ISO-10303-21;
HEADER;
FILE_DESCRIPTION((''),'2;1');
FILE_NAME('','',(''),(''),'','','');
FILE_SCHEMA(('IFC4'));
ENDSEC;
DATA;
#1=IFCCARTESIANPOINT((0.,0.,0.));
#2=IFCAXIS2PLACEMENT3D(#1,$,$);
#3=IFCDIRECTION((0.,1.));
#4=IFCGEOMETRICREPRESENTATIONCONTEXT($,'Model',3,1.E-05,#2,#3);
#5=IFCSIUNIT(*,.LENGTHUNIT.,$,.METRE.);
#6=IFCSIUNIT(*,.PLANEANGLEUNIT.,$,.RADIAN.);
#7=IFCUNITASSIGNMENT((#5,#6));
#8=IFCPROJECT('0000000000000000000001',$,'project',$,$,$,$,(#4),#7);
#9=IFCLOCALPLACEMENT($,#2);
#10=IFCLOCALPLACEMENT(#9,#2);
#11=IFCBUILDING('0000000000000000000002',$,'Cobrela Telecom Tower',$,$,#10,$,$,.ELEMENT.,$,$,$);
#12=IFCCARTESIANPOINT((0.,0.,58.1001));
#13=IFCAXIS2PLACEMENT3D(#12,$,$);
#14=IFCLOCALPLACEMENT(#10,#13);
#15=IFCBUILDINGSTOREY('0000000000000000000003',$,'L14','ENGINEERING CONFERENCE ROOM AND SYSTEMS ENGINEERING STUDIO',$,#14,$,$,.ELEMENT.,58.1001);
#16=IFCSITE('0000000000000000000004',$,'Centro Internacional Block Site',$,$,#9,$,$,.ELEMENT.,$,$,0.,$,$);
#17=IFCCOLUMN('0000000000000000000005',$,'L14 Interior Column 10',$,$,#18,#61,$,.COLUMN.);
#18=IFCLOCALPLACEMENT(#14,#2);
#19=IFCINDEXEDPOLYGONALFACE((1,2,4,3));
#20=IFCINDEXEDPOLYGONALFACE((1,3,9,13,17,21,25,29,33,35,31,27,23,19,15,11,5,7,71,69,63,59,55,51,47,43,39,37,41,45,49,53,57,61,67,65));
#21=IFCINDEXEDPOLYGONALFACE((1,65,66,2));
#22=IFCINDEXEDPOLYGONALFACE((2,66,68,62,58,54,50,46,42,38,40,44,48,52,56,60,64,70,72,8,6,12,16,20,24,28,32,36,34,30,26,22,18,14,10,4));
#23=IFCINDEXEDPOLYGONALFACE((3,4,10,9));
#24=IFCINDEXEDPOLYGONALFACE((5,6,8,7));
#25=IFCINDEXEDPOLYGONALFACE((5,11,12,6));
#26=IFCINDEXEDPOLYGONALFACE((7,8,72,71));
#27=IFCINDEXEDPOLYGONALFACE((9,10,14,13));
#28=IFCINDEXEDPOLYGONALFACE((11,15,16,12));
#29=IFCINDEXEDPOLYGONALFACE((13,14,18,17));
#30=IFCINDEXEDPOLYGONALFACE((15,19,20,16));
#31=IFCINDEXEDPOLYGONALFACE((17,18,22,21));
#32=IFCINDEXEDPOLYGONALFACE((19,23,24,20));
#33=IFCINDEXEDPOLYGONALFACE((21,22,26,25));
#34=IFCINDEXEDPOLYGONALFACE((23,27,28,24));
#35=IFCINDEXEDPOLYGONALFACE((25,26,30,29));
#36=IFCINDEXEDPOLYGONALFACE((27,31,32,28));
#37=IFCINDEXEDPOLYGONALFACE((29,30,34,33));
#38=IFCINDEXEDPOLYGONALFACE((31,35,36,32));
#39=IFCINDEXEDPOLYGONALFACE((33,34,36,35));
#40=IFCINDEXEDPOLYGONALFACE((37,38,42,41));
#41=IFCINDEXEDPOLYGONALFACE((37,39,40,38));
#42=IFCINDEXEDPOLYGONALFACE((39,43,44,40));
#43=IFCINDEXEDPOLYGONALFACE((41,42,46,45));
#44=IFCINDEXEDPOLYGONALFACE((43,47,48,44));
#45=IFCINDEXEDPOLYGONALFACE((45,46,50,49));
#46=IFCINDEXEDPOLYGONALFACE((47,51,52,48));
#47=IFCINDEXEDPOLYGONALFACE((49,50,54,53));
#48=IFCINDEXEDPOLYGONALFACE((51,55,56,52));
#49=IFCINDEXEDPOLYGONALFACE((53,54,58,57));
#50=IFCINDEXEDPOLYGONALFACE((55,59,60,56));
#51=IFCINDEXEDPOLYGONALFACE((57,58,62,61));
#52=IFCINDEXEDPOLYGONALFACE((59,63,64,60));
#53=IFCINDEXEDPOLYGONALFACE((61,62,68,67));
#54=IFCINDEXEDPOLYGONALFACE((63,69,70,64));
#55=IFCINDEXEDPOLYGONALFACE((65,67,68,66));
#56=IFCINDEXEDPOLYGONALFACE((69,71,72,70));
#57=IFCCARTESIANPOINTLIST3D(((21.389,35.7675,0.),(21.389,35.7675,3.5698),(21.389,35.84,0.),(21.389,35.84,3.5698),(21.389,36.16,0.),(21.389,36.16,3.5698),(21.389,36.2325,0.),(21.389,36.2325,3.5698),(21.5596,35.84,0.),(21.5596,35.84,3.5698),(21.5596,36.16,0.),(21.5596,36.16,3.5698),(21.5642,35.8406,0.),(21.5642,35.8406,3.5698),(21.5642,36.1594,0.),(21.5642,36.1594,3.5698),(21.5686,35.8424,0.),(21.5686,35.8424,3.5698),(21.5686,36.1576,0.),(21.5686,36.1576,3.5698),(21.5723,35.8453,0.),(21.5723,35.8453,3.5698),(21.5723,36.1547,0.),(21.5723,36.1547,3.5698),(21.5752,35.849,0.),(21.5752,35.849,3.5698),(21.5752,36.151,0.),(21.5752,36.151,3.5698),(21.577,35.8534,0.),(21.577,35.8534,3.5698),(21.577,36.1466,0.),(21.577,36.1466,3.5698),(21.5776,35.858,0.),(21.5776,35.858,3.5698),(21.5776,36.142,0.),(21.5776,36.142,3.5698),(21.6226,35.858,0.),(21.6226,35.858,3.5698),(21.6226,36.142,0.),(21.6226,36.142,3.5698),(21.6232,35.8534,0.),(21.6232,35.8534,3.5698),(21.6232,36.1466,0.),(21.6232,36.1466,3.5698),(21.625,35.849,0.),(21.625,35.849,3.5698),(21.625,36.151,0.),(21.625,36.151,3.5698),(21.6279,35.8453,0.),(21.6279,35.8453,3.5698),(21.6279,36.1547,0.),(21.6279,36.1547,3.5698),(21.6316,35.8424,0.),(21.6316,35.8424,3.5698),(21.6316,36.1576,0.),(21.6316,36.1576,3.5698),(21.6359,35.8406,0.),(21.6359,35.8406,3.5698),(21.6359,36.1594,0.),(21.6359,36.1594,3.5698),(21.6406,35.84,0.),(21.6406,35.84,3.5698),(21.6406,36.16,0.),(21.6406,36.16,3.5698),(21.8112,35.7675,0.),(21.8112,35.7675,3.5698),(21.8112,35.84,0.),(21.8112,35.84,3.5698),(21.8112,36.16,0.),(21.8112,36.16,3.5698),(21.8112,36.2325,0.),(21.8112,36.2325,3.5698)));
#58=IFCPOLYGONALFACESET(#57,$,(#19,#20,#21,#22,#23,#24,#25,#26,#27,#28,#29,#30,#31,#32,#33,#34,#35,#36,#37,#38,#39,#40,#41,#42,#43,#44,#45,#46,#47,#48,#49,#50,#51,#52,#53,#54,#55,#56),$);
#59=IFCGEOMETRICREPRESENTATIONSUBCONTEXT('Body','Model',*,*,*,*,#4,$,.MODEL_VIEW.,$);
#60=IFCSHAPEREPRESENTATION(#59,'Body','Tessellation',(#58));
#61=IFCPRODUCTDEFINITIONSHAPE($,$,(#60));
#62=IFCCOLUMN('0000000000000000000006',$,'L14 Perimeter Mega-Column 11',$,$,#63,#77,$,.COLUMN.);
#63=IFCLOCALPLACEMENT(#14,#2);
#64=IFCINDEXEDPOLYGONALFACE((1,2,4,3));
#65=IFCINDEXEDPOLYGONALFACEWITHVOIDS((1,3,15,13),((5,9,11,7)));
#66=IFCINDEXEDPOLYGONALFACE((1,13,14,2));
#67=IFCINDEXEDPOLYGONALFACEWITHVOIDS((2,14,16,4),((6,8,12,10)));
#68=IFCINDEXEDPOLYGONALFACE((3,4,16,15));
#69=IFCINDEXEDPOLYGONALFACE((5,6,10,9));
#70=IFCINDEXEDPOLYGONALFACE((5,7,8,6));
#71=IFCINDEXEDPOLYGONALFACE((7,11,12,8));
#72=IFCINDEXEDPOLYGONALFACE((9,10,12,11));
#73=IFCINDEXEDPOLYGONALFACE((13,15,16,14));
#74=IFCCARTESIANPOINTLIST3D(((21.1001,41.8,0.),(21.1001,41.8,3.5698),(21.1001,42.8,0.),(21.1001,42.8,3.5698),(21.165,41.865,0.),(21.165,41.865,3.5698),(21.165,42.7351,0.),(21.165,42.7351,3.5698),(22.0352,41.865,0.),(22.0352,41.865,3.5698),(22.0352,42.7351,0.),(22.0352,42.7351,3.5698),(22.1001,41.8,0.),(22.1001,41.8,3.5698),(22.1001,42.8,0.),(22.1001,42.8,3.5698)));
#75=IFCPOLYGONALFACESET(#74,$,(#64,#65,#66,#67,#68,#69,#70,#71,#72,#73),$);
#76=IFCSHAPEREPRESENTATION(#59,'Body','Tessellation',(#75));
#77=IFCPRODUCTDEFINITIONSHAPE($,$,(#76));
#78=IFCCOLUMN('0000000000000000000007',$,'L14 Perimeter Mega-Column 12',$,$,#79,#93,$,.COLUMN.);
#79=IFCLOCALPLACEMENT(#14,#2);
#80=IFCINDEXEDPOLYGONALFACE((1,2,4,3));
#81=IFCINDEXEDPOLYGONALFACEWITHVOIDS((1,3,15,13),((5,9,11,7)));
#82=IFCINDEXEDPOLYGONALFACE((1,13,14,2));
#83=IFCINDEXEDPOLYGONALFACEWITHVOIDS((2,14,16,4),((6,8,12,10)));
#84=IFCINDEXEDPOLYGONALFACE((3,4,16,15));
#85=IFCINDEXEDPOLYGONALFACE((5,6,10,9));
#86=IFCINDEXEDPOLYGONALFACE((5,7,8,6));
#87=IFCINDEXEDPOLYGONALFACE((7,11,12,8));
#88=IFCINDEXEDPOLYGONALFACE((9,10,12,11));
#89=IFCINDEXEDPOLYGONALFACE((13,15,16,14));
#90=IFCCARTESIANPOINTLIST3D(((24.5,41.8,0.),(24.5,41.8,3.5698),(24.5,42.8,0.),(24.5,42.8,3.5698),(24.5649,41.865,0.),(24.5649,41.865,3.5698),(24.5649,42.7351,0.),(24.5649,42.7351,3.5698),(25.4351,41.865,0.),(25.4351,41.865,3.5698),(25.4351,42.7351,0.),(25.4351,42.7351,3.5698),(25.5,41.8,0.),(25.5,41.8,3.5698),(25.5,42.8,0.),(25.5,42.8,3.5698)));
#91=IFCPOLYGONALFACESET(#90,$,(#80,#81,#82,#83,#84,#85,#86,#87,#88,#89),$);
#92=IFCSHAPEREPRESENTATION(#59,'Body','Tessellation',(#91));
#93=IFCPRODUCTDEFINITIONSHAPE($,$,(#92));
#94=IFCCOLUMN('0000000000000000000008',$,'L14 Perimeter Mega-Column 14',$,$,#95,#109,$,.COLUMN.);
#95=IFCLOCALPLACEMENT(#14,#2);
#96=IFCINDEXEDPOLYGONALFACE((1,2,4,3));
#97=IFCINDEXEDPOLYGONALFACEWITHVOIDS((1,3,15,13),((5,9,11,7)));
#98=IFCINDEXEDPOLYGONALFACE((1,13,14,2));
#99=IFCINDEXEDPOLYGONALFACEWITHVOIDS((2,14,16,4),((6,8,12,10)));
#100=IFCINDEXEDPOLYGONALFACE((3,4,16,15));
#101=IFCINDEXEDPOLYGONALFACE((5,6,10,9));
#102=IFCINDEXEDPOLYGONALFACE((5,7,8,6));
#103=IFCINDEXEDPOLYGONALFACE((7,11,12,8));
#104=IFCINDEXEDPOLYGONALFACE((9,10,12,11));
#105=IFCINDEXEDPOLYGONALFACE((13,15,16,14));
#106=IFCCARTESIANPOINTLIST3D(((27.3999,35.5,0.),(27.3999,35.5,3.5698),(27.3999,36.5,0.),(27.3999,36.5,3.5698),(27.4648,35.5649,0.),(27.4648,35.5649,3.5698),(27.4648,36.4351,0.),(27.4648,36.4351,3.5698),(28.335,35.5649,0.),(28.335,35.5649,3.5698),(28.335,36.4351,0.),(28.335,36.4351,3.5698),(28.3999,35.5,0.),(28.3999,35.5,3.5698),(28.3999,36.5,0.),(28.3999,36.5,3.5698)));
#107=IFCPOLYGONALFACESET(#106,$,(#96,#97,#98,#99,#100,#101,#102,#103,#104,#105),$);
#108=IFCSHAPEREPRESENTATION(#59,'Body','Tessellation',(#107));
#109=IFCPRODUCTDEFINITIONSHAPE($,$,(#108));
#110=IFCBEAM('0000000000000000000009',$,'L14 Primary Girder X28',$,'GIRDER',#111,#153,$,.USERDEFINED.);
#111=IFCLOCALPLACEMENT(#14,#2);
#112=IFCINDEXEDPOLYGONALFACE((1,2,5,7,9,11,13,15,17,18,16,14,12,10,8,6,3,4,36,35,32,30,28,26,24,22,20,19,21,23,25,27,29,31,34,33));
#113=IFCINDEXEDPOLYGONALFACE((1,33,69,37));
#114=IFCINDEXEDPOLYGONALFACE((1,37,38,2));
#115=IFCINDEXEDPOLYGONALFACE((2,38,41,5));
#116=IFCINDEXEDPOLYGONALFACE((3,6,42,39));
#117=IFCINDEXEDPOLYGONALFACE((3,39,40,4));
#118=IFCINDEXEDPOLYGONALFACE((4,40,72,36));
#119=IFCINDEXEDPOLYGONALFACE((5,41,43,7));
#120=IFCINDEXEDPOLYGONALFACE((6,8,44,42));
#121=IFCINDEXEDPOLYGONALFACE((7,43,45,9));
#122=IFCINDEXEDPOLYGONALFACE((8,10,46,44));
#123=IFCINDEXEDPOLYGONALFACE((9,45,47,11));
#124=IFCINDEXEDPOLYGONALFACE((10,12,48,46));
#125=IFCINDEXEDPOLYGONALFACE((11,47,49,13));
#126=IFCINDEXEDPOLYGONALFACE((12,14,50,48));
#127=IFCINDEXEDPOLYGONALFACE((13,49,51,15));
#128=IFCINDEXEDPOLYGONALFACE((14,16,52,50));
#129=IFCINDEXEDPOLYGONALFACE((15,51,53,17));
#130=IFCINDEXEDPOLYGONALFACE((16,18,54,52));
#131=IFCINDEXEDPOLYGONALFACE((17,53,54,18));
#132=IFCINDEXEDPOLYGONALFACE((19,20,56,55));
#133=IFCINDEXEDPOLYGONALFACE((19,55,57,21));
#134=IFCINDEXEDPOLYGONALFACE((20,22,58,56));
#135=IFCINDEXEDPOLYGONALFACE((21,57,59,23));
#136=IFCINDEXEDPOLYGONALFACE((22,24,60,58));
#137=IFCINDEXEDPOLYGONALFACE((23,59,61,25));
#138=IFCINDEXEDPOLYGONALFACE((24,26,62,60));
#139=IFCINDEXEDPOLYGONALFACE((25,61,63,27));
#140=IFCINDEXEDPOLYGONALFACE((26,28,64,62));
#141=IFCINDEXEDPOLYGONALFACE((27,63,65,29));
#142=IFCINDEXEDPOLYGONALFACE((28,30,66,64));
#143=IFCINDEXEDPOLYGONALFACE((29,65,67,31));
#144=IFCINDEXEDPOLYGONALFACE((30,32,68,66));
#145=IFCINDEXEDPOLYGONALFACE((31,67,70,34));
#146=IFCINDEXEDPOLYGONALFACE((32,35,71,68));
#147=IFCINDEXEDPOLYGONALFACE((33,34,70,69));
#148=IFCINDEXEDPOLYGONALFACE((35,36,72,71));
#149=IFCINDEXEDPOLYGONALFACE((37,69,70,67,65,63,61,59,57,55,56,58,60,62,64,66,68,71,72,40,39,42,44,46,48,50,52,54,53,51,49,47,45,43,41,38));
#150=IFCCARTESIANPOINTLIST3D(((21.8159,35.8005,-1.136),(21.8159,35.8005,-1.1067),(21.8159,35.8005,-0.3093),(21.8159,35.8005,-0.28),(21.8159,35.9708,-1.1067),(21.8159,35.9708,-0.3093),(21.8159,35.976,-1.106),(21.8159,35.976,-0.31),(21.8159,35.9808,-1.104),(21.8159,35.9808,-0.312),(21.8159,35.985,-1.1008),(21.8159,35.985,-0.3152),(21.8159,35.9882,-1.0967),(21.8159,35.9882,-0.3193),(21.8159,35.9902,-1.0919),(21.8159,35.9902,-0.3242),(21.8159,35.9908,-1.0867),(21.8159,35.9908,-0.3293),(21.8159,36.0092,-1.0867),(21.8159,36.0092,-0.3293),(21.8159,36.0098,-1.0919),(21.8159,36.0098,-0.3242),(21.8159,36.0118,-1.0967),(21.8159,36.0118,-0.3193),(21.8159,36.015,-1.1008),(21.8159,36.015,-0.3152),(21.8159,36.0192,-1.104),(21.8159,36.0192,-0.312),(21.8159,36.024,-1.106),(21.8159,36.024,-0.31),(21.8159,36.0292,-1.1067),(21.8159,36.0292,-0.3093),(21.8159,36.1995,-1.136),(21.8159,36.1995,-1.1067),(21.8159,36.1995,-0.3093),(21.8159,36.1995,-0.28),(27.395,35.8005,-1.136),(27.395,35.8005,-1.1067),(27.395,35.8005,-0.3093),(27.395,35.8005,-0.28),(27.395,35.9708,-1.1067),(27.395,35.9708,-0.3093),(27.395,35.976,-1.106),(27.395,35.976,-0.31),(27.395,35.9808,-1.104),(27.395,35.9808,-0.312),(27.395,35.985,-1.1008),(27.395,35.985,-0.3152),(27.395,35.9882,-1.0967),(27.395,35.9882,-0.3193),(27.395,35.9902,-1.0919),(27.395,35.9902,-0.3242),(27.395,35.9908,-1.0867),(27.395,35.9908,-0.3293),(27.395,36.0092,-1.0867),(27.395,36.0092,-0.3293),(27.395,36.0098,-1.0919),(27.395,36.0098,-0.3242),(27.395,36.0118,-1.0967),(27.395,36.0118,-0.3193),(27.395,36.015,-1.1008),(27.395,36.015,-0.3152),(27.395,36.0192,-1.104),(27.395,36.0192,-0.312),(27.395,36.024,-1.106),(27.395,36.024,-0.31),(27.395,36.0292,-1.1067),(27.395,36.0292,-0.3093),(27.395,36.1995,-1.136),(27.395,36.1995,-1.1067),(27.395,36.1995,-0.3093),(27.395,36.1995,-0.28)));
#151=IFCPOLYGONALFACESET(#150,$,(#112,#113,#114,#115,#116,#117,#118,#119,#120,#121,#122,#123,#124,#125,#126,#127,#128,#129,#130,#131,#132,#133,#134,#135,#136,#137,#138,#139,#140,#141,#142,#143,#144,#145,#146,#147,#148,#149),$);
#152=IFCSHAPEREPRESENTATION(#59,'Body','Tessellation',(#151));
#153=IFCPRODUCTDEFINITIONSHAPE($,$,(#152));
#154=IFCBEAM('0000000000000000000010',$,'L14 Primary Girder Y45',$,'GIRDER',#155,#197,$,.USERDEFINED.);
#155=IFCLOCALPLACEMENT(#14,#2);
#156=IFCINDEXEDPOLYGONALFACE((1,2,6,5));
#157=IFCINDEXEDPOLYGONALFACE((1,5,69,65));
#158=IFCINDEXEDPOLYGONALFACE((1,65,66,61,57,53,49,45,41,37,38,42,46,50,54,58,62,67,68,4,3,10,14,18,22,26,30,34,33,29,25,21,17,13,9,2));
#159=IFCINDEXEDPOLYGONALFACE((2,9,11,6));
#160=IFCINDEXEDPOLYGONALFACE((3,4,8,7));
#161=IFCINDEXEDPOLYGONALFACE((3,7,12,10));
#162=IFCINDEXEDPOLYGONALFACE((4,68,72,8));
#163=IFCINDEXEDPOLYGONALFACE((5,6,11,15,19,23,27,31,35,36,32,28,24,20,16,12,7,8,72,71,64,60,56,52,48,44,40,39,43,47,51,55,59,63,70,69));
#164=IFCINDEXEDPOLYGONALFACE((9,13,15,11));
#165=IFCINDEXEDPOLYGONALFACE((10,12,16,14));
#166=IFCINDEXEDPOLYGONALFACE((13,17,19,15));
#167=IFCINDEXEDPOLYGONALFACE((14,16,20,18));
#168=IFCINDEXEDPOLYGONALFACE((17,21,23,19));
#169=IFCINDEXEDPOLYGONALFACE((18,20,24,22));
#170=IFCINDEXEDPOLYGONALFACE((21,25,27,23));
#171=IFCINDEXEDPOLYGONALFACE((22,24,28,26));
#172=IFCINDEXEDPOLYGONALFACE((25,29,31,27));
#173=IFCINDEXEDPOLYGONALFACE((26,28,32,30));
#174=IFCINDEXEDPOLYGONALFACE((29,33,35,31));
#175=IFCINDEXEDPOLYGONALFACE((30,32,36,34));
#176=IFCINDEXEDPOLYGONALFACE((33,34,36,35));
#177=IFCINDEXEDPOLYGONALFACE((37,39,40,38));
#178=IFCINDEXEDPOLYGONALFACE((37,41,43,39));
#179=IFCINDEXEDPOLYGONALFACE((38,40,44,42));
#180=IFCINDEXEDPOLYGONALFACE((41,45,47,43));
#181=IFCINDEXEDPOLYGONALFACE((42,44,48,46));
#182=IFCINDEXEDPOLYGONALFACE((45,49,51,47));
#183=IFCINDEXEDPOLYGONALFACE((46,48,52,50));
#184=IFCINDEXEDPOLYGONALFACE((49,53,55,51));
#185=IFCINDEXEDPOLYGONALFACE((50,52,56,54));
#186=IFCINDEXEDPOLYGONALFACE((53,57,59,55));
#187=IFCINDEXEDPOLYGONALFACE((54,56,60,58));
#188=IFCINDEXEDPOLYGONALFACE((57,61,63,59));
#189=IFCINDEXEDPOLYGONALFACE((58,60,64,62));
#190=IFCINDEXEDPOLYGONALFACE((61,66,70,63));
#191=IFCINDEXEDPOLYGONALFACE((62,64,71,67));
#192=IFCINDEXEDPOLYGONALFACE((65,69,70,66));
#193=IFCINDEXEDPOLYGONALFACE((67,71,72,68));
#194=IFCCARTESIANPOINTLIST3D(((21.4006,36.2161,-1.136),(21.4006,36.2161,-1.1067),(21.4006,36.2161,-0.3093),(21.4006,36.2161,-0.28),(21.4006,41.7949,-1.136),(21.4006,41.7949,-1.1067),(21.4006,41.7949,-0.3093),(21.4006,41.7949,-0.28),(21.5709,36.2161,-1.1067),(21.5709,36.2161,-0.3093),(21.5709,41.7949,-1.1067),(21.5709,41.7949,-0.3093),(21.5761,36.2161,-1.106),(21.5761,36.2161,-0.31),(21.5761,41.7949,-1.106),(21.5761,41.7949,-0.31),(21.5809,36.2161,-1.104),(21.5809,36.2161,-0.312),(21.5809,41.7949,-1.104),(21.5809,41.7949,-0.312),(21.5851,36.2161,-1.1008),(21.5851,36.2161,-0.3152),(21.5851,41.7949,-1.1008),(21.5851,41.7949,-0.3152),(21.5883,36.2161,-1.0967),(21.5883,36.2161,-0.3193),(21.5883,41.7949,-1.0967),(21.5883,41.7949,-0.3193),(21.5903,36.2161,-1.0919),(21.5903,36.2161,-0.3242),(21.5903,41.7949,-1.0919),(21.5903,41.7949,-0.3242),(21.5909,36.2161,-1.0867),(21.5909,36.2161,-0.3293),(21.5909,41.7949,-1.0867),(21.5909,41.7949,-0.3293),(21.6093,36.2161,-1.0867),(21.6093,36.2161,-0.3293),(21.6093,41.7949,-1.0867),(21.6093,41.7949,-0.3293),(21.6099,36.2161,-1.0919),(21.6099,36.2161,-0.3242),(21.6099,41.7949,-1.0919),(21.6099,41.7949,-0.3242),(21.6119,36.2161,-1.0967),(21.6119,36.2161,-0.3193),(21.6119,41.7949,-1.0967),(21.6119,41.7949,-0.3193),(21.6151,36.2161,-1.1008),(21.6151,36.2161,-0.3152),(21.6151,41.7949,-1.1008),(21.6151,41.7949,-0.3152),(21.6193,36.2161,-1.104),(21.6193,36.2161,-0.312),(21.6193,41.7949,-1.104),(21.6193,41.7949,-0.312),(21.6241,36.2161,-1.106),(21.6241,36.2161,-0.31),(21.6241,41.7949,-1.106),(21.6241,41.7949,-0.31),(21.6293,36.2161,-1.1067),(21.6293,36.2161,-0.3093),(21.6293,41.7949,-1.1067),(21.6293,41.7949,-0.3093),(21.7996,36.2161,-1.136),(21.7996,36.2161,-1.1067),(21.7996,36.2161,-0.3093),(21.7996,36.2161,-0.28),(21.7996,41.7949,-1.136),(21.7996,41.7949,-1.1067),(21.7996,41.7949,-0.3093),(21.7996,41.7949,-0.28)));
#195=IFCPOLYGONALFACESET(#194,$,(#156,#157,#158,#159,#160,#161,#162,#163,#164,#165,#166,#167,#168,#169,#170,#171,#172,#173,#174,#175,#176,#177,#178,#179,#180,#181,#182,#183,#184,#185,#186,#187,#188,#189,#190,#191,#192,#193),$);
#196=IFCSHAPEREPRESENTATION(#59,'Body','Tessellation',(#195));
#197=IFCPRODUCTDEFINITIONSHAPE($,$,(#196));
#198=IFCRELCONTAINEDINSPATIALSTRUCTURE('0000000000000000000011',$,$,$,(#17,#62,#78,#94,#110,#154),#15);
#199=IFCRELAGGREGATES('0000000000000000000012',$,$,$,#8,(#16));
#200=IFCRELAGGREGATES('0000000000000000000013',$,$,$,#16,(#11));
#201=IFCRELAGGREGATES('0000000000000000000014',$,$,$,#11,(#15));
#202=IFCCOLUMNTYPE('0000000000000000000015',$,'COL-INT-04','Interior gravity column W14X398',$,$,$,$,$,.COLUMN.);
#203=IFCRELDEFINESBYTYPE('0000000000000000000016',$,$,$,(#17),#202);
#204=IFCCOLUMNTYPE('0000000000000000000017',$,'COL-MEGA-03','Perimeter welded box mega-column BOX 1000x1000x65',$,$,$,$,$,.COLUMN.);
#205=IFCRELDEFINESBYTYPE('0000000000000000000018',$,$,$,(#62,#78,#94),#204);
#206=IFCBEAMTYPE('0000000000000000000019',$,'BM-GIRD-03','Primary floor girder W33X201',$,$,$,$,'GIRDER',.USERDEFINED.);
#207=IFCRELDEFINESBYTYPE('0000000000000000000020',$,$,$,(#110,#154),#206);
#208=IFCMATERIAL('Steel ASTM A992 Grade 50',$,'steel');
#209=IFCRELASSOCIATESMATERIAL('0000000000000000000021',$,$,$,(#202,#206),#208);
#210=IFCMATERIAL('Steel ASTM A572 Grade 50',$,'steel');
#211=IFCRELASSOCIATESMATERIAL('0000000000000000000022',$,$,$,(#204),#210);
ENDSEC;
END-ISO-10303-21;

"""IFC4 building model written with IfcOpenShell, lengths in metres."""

from ifc_helpers import new_model, si_unit, direction, frame, origin, origin_2d, place, context, subcontext, project, spatial, hollow_rectangle, i_section, extrude, material, material_profile, profile_set, type_object, element, save


model = new_model("IFC4")

# Units and contexts
model_context = context("Model", 3, precision=1e-05, world=origin(), true_north=direction((0.0, 1.0)))
body_context = subcontext(model_context, "Body", "Model", "MODEL_VIEW")
ifc_project = project(units=[si_unit("LENGTHUNIT", "METRE"), si_unit("PLANEANGLEUNIT", "RADIAN")], contexts=[model_context])

# Site, building, storey
site_placement = place(None, origin())
site = spatial("IfcSite", under=ifc_project, at=site_placement, Name="Centro Internacional Block Site", CompositionType="ELEMENT", RefElevation=0.0)
building_placement = place(site_placement, origin())
building = spatial("IfcBuilding", under=site, at=building_placement, Name="Cobrela Telecom Tower", CompositionType="ELEMENT")
storey_placement = place(building_placement, frame((0.0, 0.0, 58.1001)))
storey = spatial("IfcBuildingStorey", under=building, at=storey_placement, Name="L14", Description="ENGINEERING CONFERENCE ROOM AND SYSTEMS ENGINEERING STUDIO", CompositionType="ELEMENT", Elevation=58.1001)

# Columns
ifc_material_1 = material(Name="Steel ASTM A992 Grade 50", Category="steel")
ifc_material_profile_1 = material_profile(ifc_material_1, i_section(OverallWidth=0.4221, OverallDepth=0.4651, WebThickness=0.0449, FlangeThickness=0.0725, FilletRadius=0.0181, at=origin_2d()), Name="W14X398")
ifc_profile_set_1 = profile_set([ifc_material_profile_1], Name="Steel ASTM A992 Grade 50")
column_type_1 = type_object("IfcColumnType", Name="COL-INT-04", Description="Interior gravity column W14X398", PredefinedType="COLUMN", material=ifc_profile_set_1)
column_placement = place(storey_placement, frame((21.6001, 36.0, 0.0), z_axis=(0.0, 0.0, 1.0), x_axis=(1.0, 0.0, 0.0)))
element("IfcColumn", 1, at=column_placement, inside=storey, type_object=column_type_1, Name="L14 Interior Column 10", PredefinedType="COLUMN", context=body_context, shape_type="SweptSolid", body=[
    extrude(i_section(OverallWidth=0.4221, OverallDepth=0.4651, WebThickness=0.0449, FlangeThickness=0.0725, FilletRadius=0.0181, at=origin_2d()), origin(), (0.0, 0.0, 1.0), 3.5698),
])
ifc_material_2 = material(Name="Steel ASTM A572 Grade 50", Category="steel")
ifc_material_profile_2 = material_profile(ifc_material_2, hollow_rectangle(XDim=1.0, YDim=1.0, WallThickness=0.0649, at=origin_2d()), Name="BOX 1000x1000x65")
ifc_profile_set_2 = profile_set([ifc_material_profile_2], Name="Steel ASTM A572 Grade 50")
column_type_2 = type_object("IfcColumnType", Name="COL-MEGA-03", Description="Perimeter welded box mega-column BOX 1000x1000x65", PredefinedType="COLUMN", material=ifc_profile_set_2)
for number, where, z_axis, x_axis, name in (
    (2, (21.6001, 42.3, 0.0), (0.0, 0.0, 1.0), (1.0, 0.0, 0.0), "L14 Perimeter Mega-Column 11"),
    (3, (25.0, 42.3, 0.0), (0.0, 0.0, 1.0), (1.0, 0.0, 0.0), "L14 Perimeter Mega-Column 12"),
    (4, (27.8999, 36.0, 0.0), (0.0, 0.0, 1.0), (1.0, 0.0, 0.0), "L14 Perimeter Mega-Column 14"),
):
    element("IfcColumn", number, at=place(storey_placement, frame(where, z_axis=z_axis, x_axis=x_axis)), inside=storey, type_object=column_type_2, Name=name, PredefinedType="COLUMN", context=body_context, shape_type="SweptSolid", body=[
        extrude(hollow_rectangle(XDim=1.0, YDim=1.0, WallThickness=0.0649, at=origin_2d()), origin(), (0.0, 0.0, 1.0), 3.5698),
    ])

# Beams
ifc_material_profile_3 = material_profile(ifc_material_1, i_section(OverallWidth=0.3989, OverallDepth=0.856, WebThickness=0.0183, FlangeThickness=0.0293, FilletRadius=0.02, at=origin_2d()), Name="W33X201")
ifc_profile_set_3 = profile_set([ifc_material_profile_3], Name="Steel ASTM A992 Grade 50")
beam_type_1 = type_object("IfcBeamType", Name="BM-GIRD-03", Description="Primary floor girder W33X201", ElementType="GIRDER", PredefinedType="USERDEFINED", material=ifc_profile_set_3)
beam_1_placement = place(storey_placement, frame((21.8159, 36.0, -0.708), z_axis=(1.0, 0.0, 0.0), x_axis=(0.0, 1.0, 0.0)))
element("IfcBeam", 5, at=beam_1_placement, inside=storey, type_object=beam_type_1, Name="L14 Primary Girder X28", ObjectType="GIRDER", PredefinedType="USERDEFINED", context=body_context, shape_type="SweptSolid", body=[
    extrude(i_section(OverallWidth=0.3989, OverallDepth=0.856, WebThickness=0.0183, FlangeThickness=0.0293, FilletRadius=0.02, at=origin_2d()), origin(), (0.0, 0.0, 1.0), 5.5791),
])
beam_2_placement = place(storey_placement, frame((21.6001, 36.2161, -0.708), z_axis=(0.0, 1.0, 0.0), x_axis=(-1.0, 0.0, 0.0)))
element("IfcBeam", 6, at=beam_2_placement, inside=storey, type_object=beam_type_1, Name="L14 Primary Girder Y45", ObjectType="GIRDER", PredefinedType="USERDEFINED", context=body_context, shape_type="SweptSolid", body=[
    extrude(i_section(OverallWidth=0.3989, OverallDepth=0.856, WebThickness=0.0183, FlangeThickness=0.0293, FilletRadius=0.02, at=origin_2d()), origin(), (0.0, 0.0, 1.0), 5.5789),
])

save(model, "model.ifc")
